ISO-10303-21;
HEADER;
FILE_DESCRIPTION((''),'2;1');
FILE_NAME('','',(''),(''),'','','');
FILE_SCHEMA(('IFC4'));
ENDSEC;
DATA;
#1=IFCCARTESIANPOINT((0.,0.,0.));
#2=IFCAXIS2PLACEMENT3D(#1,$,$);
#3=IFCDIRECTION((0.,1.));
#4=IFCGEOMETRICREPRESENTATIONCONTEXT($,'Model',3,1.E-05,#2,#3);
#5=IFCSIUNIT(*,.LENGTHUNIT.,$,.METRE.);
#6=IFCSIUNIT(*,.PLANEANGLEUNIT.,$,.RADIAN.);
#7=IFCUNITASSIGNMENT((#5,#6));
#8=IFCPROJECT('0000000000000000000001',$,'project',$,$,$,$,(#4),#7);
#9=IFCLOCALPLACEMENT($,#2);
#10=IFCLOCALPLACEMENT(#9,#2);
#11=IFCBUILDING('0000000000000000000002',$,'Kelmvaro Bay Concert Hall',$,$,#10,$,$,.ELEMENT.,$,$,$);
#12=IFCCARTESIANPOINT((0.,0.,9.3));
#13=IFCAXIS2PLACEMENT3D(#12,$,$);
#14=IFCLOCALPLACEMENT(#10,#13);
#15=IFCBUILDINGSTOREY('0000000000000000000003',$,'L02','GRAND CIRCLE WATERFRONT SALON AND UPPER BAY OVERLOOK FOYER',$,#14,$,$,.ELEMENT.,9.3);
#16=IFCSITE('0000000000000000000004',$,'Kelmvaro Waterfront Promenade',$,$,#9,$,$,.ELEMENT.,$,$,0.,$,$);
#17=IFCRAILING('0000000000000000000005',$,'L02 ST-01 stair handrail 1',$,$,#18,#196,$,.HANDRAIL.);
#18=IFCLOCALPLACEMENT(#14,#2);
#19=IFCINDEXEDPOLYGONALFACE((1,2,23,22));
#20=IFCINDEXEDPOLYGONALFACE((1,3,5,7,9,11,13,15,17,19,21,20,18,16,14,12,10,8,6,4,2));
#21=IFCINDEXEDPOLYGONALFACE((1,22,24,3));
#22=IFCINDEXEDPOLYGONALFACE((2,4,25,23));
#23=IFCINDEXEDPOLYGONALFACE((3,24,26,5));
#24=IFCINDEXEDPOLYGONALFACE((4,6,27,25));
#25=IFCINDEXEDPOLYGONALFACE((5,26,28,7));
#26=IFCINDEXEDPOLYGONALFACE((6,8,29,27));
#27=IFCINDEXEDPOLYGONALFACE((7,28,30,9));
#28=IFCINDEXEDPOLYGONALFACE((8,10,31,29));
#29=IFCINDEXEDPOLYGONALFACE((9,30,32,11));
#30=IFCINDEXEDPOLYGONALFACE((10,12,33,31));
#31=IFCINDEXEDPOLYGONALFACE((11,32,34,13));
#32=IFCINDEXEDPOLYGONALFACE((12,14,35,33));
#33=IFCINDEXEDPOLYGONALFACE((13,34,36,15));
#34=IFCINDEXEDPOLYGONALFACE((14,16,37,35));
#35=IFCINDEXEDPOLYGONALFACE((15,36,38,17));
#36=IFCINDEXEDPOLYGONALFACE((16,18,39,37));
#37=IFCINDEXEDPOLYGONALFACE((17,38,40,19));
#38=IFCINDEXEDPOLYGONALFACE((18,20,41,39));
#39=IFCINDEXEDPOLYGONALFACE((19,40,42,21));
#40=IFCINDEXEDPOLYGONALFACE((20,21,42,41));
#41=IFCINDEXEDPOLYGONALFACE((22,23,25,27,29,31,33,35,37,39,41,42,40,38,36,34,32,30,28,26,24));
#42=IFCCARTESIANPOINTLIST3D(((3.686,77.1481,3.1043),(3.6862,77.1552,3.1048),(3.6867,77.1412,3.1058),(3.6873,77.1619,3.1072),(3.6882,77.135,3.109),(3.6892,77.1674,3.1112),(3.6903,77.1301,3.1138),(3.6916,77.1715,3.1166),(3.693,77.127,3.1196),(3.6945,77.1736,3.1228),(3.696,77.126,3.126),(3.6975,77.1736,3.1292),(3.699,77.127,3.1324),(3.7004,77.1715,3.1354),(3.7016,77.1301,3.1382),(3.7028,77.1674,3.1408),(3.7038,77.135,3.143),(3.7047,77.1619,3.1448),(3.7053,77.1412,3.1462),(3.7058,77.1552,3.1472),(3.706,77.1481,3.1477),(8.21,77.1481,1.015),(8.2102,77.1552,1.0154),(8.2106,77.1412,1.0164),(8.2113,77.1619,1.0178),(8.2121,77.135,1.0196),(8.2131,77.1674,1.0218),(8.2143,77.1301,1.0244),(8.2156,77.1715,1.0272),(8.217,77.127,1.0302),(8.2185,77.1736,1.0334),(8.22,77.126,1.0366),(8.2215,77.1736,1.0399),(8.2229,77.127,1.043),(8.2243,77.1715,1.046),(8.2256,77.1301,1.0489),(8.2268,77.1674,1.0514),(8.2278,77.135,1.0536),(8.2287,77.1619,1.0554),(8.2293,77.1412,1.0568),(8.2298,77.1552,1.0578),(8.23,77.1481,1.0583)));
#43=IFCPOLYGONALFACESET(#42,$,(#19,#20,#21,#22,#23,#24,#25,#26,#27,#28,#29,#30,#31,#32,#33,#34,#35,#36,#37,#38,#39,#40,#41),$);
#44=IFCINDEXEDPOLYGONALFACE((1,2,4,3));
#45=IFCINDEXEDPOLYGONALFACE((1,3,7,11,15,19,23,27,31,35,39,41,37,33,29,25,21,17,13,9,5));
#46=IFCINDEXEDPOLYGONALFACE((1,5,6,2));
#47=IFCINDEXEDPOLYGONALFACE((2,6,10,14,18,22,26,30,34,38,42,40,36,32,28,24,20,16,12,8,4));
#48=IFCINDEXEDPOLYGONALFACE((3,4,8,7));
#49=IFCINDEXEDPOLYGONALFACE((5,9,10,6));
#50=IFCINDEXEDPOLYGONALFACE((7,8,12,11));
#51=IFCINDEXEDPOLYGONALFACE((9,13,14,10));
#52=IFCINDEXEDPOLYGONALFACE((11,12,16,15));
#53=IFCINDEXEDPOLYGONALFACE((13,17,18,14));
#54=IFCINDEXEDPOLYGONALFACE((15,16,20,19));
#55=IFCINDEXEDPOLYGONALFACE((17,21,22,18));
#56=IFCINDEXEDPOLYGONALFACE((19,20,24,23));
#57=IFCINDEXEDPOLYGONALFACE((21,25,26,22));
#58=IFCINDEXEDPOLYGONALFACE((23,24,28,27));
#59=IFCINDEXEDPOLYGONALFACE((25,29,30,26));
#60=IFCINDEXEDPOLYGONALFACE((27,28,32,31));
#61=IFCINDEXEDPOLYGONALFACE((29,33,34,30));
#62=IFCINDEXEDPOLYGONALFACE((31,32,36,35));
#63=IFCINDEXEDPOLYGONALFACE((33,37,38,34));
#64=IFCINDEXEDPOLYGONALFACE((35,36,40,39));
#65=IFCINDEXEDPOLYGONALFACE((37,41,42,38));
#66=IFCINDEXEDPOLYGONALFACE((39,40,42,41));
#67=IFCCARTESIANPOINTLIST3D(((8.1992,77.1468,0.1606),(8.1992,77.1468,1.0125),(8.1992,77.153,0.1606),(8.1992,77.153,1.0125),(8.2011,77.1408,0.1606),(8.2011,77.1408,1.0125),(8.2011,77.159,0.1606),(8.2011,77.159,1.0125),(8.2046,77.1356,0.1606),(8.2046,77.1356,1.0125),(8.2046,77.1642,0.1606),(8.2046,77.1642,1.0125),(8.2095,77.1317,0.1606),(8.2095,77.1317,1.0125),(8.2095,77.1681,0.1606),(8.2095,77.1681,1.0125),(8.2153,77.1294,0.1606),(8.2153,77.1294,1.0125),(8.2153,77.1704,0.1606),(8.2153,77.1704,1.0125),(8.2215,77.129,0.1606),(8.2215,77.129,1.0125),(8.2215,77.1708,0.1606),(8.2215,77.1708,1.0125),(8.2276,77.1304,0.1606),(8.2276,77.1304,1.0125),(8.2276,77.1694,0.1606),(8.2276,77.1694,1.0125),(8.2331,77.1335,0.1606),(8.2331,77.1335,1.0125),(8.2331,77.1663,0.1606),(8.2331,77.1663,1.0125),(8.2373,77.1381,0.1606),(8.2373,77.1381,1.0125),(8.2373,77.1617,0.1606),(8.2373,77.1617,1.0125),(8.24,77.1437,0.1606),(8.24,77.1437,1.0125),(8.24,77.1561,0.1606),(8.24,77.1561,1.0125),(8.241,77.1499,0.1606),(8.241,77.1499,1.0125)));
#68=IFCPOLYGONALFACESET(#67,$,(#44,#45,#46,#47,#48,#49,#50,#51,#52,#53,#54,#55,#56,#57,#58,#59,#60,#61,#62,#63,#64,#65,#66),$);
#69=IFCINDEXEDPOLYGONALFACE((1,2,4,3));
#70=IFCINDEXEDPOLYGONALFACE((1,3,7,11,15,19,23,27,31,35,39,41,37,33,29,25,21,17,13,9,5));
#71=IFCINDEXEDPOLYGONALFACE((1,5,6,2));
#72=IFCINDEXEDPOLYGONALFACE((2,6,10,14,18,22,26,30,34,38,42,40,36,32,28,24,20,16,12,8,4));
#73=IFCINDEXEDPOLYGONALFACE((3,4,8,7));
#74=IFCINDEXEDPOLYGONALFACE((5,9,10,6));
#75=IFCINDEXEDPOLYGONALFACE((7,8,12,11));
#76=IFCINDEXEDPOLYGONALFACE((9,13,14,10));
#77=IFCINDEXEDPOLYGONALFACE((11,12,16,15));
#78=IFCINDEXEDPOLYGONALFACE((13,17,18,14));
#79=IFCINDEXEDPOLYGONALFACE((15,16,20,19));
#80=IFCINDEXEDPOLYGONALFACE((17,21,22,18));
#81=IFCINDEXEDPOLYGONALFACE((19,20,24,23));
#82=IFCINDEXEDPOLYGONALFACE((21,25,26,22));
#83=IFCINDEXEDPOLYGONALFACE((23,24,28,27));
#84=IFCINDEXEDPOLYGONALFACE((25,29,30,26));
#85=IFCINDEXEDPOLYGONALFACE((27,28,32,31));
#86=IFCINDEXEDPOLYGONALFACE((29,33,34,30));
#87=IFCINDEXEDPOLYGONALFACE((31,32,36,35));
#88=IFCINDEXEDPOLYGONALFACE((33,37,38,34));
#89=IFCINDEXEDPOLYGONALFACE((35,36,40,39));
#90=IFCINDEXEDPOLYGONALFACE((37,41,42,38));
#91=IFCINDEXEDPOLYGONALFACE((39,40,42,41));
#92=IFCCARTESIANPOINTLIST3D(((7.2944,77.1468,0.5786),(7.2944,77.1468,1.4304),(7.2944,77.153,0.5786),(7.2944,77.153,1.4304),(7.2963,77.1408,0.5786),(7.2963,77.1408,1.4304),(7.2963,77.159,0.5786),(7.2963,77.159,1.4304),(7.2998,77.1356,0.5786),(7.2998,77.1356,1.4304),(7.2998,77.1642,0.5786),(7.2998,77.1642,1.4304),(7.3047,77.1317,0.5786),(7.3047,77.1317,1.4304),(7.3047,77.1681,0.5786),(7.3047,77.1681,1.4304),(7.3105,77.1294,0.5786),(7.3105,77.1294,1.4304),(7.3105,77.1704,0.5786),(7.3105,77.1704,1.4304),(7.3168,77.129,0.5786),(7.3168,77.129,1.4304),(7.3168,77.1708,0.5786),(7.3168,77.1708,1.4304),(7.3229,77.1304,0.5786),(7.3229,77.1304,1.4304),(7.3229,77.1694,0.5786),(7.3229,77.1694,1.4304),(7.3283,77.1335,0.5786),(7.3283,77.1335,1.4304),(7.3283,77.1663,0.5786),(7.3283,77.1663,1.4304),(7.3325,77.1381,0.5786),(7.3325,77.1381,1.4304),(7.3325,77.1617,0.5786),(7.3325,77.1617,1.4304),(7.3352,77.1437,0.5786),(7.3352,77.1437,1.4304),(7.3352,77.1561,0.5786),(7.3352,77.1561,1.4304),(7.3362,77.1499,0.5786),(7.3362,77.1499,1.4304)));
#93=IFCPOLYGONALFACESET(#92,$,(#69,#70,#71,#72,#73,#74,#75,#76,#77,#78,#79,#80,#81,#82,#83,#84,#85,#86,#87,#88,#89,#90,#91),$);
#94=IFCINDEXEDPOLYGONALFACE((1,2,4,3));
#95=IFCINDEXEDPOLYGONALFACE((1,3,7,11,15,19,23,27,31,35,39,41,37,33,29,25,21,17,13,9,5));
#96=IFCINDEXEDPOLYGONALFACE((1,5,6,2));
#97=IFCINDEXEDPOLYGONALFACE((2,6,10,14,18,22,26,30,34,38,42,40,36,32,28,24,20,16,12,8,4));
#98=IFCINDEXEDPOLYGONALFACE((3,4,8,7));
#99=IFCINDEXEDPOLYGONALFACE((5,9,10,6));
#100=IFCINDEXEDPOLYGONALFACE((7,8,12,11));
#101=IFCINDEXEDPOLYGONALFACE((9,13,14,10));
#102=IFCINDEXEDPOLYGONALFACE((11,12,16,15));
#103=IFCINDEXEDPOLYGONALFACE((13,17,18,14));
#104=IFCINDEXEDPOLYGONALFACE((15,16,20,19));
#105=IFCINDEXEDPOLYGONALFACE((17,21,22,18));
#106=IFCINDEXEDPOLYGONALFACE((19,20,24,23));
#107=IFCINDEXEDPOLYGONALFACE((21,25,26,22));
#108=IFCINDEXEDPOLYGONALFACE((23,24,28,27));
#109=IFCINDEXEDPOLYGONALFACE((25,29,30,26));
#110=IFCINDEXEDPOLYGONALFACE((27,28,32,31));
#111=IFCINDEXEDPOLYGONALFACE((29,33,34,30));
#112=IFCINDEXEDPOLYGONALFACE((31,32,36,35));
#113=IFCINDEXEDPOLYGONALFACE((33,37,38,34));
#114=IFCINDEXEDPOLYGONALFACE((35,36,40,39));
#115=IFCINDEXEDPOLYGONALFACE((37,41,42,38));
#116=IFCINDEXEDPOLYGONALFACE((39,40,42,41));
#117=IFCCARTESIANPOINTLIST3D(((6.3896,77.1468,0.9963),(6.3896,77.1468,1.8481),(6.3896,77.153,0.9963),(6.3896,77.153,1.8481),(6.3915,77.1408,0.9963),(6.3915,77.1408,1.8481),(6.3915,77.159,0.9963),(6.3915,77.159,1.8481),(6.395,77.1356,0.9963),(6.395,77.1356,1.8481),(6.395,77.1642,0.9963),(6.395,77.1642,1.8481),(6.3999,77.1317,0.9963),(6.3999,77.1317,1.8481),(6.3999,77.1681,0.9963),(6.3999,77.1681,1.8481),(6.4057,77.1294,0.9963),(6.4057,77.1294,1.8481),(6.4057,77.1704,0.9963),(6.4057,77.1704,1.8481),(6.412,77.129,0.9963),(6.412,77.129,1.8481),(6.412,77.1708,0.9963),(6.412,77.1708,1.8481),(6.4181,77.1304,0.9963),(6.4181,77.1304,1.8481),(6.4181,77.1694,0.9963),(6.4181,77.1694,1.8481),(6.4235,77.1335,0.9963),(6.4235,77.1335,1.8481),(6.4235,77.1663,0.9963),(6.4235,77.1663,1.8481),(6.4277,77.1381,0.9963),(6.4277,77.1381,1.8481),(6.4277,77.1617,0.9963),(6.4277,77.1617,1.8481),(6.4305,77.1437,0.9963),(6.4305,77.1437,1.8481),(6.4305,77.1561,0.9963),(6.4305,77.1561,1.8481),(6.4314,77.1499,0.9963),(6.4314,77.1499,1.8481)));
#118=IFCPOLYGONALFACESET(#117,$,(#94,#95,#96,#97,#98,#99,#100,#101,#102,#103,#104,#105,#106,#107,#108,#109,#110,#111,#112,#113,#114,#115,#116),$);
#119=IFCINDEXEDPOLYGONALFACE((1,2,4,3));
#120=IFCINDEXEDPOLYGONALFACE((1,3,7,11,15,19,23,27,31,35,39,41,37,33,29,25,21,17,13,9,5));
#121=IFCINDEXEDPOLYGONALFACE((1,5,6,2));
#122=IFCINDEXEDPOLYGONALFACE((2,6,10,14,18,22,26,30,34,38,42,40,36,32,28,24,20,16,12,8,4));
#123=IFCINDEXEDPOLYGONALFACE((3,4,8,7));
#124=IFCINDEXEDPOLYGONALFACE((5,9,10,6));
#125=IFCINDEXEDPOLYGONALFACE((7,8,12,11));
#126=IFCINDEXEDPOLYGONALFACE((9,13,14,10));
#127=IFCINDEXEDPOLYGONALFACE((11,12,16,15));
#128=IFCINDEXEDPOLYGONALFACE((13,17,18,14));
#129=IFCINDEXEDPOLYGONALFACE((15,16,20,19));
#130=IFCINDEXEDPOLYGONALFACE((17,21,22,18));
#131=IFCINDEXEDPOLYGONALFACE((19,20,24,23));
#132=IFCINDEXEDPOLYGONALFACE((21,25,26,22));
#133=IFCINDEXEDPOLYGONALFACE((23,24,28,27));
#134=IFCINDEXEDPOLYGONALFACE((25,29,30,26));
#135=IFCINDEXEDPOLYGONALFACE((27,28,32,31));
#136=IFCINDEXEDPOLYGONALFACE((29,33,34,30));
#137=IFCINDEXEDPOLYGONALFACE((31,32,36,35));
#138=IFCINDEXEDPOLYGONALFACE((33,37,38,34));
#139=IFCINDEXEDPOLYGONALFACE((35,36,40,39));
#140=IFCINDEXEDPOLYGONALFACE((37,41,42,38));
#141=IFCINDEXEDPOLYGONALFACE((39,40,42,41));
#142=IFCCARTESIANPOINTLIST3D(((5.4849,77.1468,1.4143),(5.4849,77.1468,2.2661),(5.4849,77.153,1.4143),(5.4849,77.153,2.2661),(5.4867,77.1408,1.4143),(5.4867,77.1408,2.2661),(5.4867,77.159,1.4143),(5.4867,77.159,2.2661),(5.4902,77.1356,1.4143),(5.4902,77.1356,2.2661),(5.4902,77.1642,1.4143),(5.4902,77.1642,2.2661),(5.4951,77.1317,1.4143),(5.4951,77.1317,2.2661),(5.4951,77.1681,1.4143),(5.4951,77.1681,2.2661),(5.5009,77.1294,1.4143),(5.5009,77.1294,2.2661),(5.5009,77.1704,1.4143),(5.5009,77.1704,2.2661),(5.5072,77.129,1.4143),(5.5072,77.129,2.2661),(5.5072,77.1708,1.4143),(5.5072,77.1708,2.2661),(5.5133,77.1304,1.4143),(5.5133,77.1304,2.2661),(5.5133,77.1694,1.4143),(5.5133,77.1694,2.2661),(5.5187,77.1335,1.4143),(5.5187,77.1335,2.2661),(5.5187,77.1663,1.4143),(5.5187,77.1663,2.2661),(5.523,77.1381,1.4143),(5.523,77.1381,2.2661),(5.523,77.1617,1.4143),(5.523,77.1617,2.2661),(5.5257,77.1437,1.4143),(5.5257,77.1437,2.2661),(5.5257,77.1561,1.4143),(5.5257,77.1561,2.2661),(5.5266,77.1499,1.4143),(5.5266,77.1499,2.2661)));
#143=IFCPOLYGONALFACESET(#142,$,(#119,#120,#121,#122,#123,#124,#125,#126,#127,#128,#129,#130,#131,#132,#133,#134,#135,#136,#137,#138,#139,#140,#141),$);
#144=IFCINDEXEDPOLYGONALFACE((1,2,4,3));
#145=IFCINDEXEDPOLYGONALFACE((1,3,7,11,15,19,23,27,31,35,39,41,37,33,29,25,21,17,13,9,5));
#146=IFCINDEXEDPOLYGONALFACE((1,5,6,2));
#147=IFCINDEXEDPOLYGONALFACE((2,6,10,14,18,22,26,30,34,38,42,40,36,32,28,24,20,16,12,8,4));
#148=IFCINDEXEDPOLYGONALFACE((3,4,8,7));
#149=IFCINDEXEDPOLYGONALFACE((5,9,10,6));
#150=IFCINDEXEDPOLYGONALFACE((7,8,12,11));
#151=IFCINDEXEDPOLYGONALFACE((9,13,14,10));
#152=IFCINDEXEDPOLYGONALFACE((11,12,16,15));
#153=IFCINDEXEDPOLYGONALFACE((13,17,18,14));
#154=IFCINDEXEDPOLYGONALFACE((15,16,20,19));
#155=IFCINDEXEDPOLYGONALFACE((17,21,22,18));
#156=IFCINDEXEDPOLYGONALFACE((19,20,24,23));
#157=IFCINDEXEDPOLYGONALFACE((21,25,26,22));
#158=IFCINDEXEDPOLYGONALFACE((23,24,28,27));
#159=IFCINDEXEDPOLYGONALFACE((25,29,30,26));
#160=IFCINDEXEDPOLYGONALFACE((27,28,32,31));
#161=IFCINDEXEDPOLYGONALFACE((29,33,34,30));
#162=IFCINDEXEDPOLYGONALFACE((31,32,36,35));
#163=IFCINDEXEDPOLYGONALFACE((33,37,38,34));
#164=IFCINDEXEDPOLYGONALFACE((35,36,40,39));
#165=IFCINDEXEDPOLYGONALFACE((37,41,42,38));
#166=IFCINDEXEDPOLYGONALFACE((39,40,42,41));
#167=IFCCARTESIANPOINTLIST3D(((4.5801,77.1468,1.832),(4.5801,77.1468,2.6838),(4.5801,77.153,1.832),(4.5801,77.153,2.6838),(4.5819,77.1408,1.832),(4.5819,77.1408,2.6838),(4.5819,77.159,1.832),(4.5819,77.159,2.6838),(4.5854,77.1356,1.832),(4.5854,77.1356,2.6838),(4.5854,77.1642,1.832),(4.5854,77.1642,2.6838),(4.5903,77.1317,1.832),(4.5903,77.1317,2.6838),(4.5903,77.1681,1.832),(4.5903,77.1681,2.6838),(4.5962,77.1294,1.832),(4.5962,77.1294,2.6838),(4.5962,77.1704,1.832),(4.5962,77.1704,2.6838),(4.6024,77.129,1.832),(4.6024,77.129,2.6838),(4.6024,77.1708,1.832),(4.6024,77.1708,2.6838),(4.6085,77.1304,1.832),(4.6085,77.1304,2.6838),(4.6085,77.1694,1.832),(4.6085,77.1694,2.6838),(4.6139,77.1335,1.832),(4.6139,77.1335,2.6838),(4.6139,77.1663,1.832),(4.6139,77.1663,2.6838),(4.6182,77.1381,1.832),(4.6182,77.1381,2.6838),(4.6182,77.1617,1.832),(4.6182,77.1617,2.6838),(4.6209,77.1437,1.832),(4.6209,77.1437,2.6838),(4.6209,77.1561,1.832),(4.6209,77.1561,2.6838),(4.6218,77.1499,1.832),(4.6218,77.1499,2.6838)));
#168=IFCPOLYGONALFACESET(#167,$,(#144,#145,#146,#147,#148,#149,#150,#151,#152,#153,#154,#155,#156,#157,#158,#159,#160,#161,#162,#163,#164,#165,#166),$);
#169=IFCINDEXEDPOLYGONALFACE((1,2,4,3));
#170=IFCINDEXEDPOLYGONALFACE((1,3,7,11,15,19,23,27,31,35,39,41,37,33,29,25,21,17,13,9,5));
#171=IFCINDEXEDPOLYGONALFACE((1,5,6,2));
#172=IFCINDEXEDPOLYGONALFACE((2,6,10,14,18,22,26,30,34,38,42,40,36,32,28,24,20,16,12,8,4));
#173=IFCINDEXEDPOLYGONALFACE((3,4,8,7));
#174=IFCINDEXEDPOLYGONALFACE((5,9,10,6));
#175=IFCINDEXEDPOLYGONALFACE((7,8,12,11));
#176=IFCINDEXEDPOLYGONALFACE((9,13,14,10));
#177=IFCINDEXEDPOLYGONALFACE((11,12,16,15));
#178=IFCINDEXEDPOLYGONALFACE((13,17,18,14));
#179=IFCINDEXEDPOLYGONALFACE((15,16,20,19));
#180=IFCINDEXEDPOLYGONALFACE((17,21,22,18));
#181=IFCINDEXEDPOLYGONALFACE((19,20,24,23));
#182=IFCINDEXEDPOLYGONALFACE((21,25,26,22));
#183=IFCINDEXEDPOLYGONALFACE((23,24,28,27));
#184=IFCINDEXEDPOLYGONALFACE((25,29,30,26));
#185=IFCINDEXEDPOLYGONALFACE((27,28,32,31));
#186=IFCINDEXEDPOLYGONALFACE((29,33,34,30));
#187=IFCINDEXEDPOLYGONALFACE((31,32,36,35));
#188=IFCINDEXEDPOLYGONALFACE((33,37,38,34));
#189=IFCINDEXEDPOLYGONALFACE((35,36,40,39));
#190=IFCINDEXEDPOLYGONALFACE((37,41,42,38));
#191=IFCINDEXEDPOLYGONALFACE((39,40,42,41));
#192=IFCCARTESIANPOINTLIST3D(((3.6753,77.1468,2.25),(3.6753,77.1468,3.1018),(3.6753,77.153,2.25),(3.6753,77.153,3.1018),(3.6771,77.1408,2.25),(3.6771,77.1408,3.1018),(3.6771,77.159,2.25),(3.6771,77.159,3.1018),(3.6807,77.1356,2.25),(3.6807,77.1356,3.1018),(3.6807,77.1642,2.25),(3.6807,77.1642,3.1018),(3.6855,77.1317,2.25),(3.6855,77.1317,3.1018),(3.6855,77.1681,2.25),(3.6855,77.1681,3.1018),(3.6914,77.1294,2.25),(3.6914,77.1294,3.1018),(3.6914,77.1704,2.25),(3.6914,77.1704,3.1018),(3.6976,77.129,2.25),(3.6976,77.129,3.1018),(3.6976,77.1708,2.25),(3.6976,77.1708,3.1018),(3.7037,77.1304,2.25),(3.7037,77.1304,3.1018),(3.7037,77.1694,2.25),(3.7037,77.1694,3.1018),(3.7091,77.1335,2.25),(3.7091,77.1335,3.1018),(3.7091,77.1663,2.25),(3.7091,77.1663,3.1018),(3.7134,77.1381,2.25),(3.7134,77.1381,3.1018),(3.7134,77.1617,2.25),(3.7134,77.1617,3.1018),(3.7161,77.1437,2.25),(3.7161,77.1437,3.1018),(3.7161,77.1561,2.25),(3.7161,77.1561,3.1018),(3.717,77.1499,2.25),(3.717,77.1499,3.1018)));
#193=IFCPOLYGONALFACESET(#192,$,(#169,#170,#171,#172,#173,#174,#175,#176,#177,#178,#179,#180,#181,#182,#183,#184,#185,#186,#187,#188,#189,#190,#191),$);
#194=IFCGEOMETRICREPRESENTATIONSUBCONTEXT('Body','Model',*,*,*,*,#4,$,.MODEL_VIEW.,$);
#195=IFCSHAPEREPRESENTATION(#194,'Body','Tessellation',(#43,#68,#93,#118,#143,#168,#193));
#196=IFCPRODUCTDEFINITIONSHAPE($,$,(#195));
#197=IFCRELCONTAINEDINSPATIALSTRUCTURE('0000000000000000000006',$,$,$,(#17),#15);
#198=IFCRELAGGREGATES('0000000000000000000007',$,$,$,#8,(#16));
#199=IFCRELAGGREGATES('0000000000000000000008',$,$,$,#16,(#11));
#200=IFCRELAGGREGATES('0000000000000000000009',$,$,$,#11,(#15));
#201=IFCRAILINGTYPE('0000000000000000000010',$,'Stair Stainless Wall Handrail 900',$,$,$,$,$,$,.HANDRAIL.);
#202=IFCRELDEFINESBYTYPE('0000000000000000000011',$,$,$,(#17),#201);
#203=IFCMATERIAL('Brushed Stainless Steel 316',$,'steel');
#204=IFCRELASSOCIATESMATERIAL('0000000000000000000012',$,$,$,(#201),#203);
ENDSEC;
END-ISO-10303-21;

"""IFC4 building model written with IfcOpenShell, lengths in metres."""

from ifc_helpers import new_model, si_unit, direction, frame, origin, origin_2d, place, context, subcontext, project, spatial, circle, extrude, material, type_object, element, save


model = new_model("IFC4")

# Units and contexts
model_context = context("Model", 3, precision=1e-05, world=origin(), true_north=direction((0.0, 1.0)))
body_context = subcontext(model_context, "Body", "Model", "MODEL_VIEW")
ifc_project = project(units=[si_unit("LENGTHUNIT", "METRE"), si_unit("PLANEANGLEUNIT", "RADIAN")], contexts=[model_context])

# Site, building, storey
site_placement = place(None, origin())
site = spatial("IfcSite", under=ifc_project, at=site_placement, Name="Kelmvaro Waterfront Promenade", CompositionType="ELEMENT", RefElevation=0.0)
building_placement = place(site_placement, origin())
building = spatial("IfcBuilding", under=site, at=building_placement, Name="Kelmvaro Bay Concert Hall", CompositionType="ELEMENT")
storey_placement = place(building_placement, frame((0.0, 0.0, 9.3)))
storey = spatial("IfcBuildingStorey", under=building, at=storey_placement, Name="L02", Description="GRAND CIRCLE WATERFRONT SALON AND UPPER BAY OVERLOOK FOYER", CompositionType="ELEMENT", Elevation=9.3)

# Railing
ifc_material_1 = material(Name="Brushed Stainless Steel 316", Category="steel")
railing_type_1 = type_object("IfcRailingType", Name="Stair Stainless Wall Handrail 900", PredefinedType="HANDRAIL", material=ifc_material_1)
railing_1_placement = place(storey_placement, frame((8.22, 77.1499, 0.1606)))
element("IfcRailing", 1, at=railing_1_placement, inside=storey, type_object=railing_type_1, Name="L02 ST-01 stair handrail 1", PredefinedType="HANDRAIL", context=body_context, shape_type="SweptSolid", body=[
    extrude(circle(Radius=0.0239, at=origin_2d()), frame((0.0, 0.0, 0.876), z_axis=(-0.907853, 0.0, 0.419288), x_axis=(0.0, -1.0, 0.0)), (0.0, 0.0, 1.0), 4.9832),
    extrude(circle(Radius=0.021, at=origin_2d()), origin(), (0.0, 0.0, 1.0), 0.8518),
    extrude(circle(Radius=0.021, at=origin_2d()), frame((-0.9048, 0.0, 0.418)), (0.0, 0.0, 1.0), 0.8518),
    extrude(circle(Radius=0.021, at=origin_2d()), frame((-1.8096, 0.0, 0.8357)), (0.0, 0.0, 1.0), 0.8518),
    extrude(circle(Radius=0.021, at=origin_2d()), frame((-2.7144, 0.0, 1.2537)), (0.0, 0.0, 1.0), 0.8518),
    extrude(circle(Radius=0.021, at=origin_2d()), frame((-3.6191, 0.0, 1.6714)), (0.0, 0.0, 1.0), 0.8518),
    extrude(circle(Radius=0.021, at=origin_2d()), frame((-4.5239, 0.0, 2.0894)), (0.0, 0.0, 1.0), 0.8518),
])

save(model, "model.ifc")
